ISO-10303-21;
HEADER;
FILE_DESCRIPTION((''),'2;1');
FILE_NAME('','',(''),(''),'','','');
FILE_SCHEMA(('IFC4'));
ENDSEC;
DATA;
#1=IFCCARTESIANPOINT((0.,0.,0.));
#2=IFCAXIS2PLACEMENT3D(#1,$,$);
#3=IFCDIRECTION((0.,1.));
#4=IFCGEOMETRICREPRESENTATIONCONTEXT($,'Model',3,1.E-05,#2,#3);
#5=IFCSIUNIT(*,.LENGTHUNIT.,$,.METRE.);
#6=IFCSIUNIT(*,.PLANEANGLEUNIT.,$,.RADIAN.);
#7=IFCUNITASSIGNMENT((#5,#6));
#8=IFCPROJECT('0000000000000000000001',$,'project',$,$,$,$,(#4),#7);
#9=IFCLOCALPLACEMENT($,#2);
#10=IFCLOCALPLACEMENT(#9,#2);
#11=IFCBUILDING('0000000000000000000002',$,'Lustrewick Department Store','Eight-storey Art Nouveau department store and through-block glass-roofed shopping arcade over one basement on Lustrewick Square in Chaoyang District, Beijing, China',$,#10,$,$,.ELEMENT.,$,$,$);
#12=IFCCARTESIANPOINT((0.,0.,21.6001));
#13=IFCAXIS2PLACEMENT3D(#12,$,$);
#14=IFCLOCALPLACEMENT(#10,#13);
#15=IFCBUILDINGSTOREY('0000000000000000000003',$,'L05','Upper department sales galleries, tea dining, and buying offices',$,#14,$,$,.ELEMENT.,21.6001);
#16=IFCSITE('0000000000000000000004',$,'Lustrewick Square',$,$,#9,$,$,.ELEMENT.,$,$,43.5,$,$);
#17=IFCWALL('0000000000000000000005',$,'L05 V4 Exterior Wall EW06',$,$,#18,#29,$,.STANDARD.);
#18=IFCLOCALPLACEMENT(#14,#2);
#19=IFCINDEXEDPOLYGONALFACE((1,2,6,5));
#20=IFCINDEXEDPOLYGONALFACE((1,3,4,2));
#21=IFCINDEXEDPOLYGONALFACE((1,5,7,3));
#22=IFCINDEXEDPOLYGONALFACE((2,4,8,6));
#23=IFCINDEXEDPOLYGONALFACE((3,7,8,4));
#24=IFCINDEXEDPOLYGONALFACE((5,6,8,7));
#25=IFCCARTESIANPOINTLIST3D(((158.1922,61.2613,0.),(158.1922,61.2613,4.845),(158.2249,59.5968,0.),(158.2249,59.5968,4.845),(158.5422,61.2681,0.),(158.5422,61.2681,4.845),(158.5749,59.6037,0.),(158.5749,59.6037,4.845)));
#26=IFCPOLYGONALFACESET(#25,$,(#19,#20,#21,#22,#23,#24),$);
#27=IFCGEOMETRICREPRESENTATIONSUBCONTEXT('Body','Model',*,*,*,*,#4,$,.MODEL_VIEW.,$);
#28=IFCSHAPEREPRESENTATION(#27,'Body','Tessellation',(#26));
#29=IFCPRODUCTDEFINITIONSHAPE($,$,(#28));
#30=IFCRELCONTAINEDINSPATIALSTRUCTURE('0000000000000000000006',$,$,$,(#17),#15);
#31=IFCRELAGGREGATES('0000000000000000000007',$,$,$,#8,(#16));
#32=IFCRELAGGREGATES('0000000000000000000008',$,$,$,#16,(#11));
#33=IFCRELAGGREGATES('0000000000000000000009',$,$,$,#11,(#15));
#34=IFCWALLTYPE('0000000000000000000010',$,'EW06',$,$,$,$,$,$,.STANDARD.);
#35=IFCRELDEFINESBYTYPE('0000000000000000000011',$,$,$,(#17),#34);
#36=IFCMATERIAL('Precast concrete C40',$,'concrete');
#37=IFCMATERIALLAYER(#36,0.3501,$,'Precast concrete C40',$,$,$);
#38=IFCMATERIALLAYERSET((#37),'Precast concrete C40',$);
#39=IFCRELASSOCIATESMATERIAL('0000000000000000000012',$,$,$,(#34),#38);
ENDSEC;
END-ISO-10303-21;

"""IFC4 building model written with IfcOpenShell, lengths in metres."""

from ifc_helpers import new_model, si_unit, direction, frame, frame_2d, origin, place, context, subcontext, project, spatial, rectangle, extrude, material, layer, layer_set, type_object, element, save


model = new_model("IFC4")

# Units and contexts
model_context = context("Model", 3, precision=1e-05, world=origin(), true_north=direction((0.0, 1.0)))
body_context = subcontext(model_context, "Body", "Model", "MODEL_VIEW")
ifc_project = project(units=[si_unit("LENGTHUNIT", "METRE"), si_unit("PLANEANGLEUNIT", "RADIAN")], contexts=[model_context])

# Site, building, storey
site_placement = place(None, origin())
site = spatial("IfcSite", under=ifc_project, at=site_placement, Name="Lustrewick Square", CompositionType="ELEMENT", RefElevation=43.5)
building_placement = place(site_placement, origin())
building = spatial("IfcBuilding", under=site, at=building_placement, Name="Lustrewick Department Store", Description="Eight-storey Art Nouveau department store and through-block glass-roofed shopping arcade over one basement on Lustrewick Square in Chaoyang District, Beijing, China", CompositionType="ELEMENT")
storey_placement = place(building_placement, frame((0.0, 0.0, 21.6001)))
storey = spatial("IfcBuildingStorey", under=building, at=storey_placement, Name="L05", Description="Upper department sales galleries, tea dining, and buying offices", CompositionType="ELEMENT", Elevation=21.6001)

# Shared definitions
ifc_material_1 = material(Name="Precast concrete C40", Category="concrete")

# Wall
ifc_layer_1 = layer(ifc_material_1, 0.3501, Name="Precast concrete C40")
ifc_layer_set_1 = layer_set([ifc_layer_1], Name="Precast concrete C40")
wall_type_1 = type_object("IfcWallType", Name="EW06", PredefinedType="STANDARD", material=ifc_layer_set_1)
wall_1_placement = place(storey_placement, frame((158.3999, 59.6001, 0.0), z_axis=(0.0, 0.0, 1.0), x_axis=(-0.01965, 0.999807, 0.0)))
element("IfcWall", 1, at=wall_1_placement, inside=storey, type_object=wall_type_1, Name="L05 V4 Exterior Wall EW06", PredefinedType="STANDARD", context=body_context, shape_type="SweptSolid", body=[
    extrude(rectangle(XDim=1.6648, YDim=0.3501, at=frame_2d((0.8325, 0.0))), origin(), (0.0, 0.0, 1.0), 4.845),
])

save(model, "model.ifc")
